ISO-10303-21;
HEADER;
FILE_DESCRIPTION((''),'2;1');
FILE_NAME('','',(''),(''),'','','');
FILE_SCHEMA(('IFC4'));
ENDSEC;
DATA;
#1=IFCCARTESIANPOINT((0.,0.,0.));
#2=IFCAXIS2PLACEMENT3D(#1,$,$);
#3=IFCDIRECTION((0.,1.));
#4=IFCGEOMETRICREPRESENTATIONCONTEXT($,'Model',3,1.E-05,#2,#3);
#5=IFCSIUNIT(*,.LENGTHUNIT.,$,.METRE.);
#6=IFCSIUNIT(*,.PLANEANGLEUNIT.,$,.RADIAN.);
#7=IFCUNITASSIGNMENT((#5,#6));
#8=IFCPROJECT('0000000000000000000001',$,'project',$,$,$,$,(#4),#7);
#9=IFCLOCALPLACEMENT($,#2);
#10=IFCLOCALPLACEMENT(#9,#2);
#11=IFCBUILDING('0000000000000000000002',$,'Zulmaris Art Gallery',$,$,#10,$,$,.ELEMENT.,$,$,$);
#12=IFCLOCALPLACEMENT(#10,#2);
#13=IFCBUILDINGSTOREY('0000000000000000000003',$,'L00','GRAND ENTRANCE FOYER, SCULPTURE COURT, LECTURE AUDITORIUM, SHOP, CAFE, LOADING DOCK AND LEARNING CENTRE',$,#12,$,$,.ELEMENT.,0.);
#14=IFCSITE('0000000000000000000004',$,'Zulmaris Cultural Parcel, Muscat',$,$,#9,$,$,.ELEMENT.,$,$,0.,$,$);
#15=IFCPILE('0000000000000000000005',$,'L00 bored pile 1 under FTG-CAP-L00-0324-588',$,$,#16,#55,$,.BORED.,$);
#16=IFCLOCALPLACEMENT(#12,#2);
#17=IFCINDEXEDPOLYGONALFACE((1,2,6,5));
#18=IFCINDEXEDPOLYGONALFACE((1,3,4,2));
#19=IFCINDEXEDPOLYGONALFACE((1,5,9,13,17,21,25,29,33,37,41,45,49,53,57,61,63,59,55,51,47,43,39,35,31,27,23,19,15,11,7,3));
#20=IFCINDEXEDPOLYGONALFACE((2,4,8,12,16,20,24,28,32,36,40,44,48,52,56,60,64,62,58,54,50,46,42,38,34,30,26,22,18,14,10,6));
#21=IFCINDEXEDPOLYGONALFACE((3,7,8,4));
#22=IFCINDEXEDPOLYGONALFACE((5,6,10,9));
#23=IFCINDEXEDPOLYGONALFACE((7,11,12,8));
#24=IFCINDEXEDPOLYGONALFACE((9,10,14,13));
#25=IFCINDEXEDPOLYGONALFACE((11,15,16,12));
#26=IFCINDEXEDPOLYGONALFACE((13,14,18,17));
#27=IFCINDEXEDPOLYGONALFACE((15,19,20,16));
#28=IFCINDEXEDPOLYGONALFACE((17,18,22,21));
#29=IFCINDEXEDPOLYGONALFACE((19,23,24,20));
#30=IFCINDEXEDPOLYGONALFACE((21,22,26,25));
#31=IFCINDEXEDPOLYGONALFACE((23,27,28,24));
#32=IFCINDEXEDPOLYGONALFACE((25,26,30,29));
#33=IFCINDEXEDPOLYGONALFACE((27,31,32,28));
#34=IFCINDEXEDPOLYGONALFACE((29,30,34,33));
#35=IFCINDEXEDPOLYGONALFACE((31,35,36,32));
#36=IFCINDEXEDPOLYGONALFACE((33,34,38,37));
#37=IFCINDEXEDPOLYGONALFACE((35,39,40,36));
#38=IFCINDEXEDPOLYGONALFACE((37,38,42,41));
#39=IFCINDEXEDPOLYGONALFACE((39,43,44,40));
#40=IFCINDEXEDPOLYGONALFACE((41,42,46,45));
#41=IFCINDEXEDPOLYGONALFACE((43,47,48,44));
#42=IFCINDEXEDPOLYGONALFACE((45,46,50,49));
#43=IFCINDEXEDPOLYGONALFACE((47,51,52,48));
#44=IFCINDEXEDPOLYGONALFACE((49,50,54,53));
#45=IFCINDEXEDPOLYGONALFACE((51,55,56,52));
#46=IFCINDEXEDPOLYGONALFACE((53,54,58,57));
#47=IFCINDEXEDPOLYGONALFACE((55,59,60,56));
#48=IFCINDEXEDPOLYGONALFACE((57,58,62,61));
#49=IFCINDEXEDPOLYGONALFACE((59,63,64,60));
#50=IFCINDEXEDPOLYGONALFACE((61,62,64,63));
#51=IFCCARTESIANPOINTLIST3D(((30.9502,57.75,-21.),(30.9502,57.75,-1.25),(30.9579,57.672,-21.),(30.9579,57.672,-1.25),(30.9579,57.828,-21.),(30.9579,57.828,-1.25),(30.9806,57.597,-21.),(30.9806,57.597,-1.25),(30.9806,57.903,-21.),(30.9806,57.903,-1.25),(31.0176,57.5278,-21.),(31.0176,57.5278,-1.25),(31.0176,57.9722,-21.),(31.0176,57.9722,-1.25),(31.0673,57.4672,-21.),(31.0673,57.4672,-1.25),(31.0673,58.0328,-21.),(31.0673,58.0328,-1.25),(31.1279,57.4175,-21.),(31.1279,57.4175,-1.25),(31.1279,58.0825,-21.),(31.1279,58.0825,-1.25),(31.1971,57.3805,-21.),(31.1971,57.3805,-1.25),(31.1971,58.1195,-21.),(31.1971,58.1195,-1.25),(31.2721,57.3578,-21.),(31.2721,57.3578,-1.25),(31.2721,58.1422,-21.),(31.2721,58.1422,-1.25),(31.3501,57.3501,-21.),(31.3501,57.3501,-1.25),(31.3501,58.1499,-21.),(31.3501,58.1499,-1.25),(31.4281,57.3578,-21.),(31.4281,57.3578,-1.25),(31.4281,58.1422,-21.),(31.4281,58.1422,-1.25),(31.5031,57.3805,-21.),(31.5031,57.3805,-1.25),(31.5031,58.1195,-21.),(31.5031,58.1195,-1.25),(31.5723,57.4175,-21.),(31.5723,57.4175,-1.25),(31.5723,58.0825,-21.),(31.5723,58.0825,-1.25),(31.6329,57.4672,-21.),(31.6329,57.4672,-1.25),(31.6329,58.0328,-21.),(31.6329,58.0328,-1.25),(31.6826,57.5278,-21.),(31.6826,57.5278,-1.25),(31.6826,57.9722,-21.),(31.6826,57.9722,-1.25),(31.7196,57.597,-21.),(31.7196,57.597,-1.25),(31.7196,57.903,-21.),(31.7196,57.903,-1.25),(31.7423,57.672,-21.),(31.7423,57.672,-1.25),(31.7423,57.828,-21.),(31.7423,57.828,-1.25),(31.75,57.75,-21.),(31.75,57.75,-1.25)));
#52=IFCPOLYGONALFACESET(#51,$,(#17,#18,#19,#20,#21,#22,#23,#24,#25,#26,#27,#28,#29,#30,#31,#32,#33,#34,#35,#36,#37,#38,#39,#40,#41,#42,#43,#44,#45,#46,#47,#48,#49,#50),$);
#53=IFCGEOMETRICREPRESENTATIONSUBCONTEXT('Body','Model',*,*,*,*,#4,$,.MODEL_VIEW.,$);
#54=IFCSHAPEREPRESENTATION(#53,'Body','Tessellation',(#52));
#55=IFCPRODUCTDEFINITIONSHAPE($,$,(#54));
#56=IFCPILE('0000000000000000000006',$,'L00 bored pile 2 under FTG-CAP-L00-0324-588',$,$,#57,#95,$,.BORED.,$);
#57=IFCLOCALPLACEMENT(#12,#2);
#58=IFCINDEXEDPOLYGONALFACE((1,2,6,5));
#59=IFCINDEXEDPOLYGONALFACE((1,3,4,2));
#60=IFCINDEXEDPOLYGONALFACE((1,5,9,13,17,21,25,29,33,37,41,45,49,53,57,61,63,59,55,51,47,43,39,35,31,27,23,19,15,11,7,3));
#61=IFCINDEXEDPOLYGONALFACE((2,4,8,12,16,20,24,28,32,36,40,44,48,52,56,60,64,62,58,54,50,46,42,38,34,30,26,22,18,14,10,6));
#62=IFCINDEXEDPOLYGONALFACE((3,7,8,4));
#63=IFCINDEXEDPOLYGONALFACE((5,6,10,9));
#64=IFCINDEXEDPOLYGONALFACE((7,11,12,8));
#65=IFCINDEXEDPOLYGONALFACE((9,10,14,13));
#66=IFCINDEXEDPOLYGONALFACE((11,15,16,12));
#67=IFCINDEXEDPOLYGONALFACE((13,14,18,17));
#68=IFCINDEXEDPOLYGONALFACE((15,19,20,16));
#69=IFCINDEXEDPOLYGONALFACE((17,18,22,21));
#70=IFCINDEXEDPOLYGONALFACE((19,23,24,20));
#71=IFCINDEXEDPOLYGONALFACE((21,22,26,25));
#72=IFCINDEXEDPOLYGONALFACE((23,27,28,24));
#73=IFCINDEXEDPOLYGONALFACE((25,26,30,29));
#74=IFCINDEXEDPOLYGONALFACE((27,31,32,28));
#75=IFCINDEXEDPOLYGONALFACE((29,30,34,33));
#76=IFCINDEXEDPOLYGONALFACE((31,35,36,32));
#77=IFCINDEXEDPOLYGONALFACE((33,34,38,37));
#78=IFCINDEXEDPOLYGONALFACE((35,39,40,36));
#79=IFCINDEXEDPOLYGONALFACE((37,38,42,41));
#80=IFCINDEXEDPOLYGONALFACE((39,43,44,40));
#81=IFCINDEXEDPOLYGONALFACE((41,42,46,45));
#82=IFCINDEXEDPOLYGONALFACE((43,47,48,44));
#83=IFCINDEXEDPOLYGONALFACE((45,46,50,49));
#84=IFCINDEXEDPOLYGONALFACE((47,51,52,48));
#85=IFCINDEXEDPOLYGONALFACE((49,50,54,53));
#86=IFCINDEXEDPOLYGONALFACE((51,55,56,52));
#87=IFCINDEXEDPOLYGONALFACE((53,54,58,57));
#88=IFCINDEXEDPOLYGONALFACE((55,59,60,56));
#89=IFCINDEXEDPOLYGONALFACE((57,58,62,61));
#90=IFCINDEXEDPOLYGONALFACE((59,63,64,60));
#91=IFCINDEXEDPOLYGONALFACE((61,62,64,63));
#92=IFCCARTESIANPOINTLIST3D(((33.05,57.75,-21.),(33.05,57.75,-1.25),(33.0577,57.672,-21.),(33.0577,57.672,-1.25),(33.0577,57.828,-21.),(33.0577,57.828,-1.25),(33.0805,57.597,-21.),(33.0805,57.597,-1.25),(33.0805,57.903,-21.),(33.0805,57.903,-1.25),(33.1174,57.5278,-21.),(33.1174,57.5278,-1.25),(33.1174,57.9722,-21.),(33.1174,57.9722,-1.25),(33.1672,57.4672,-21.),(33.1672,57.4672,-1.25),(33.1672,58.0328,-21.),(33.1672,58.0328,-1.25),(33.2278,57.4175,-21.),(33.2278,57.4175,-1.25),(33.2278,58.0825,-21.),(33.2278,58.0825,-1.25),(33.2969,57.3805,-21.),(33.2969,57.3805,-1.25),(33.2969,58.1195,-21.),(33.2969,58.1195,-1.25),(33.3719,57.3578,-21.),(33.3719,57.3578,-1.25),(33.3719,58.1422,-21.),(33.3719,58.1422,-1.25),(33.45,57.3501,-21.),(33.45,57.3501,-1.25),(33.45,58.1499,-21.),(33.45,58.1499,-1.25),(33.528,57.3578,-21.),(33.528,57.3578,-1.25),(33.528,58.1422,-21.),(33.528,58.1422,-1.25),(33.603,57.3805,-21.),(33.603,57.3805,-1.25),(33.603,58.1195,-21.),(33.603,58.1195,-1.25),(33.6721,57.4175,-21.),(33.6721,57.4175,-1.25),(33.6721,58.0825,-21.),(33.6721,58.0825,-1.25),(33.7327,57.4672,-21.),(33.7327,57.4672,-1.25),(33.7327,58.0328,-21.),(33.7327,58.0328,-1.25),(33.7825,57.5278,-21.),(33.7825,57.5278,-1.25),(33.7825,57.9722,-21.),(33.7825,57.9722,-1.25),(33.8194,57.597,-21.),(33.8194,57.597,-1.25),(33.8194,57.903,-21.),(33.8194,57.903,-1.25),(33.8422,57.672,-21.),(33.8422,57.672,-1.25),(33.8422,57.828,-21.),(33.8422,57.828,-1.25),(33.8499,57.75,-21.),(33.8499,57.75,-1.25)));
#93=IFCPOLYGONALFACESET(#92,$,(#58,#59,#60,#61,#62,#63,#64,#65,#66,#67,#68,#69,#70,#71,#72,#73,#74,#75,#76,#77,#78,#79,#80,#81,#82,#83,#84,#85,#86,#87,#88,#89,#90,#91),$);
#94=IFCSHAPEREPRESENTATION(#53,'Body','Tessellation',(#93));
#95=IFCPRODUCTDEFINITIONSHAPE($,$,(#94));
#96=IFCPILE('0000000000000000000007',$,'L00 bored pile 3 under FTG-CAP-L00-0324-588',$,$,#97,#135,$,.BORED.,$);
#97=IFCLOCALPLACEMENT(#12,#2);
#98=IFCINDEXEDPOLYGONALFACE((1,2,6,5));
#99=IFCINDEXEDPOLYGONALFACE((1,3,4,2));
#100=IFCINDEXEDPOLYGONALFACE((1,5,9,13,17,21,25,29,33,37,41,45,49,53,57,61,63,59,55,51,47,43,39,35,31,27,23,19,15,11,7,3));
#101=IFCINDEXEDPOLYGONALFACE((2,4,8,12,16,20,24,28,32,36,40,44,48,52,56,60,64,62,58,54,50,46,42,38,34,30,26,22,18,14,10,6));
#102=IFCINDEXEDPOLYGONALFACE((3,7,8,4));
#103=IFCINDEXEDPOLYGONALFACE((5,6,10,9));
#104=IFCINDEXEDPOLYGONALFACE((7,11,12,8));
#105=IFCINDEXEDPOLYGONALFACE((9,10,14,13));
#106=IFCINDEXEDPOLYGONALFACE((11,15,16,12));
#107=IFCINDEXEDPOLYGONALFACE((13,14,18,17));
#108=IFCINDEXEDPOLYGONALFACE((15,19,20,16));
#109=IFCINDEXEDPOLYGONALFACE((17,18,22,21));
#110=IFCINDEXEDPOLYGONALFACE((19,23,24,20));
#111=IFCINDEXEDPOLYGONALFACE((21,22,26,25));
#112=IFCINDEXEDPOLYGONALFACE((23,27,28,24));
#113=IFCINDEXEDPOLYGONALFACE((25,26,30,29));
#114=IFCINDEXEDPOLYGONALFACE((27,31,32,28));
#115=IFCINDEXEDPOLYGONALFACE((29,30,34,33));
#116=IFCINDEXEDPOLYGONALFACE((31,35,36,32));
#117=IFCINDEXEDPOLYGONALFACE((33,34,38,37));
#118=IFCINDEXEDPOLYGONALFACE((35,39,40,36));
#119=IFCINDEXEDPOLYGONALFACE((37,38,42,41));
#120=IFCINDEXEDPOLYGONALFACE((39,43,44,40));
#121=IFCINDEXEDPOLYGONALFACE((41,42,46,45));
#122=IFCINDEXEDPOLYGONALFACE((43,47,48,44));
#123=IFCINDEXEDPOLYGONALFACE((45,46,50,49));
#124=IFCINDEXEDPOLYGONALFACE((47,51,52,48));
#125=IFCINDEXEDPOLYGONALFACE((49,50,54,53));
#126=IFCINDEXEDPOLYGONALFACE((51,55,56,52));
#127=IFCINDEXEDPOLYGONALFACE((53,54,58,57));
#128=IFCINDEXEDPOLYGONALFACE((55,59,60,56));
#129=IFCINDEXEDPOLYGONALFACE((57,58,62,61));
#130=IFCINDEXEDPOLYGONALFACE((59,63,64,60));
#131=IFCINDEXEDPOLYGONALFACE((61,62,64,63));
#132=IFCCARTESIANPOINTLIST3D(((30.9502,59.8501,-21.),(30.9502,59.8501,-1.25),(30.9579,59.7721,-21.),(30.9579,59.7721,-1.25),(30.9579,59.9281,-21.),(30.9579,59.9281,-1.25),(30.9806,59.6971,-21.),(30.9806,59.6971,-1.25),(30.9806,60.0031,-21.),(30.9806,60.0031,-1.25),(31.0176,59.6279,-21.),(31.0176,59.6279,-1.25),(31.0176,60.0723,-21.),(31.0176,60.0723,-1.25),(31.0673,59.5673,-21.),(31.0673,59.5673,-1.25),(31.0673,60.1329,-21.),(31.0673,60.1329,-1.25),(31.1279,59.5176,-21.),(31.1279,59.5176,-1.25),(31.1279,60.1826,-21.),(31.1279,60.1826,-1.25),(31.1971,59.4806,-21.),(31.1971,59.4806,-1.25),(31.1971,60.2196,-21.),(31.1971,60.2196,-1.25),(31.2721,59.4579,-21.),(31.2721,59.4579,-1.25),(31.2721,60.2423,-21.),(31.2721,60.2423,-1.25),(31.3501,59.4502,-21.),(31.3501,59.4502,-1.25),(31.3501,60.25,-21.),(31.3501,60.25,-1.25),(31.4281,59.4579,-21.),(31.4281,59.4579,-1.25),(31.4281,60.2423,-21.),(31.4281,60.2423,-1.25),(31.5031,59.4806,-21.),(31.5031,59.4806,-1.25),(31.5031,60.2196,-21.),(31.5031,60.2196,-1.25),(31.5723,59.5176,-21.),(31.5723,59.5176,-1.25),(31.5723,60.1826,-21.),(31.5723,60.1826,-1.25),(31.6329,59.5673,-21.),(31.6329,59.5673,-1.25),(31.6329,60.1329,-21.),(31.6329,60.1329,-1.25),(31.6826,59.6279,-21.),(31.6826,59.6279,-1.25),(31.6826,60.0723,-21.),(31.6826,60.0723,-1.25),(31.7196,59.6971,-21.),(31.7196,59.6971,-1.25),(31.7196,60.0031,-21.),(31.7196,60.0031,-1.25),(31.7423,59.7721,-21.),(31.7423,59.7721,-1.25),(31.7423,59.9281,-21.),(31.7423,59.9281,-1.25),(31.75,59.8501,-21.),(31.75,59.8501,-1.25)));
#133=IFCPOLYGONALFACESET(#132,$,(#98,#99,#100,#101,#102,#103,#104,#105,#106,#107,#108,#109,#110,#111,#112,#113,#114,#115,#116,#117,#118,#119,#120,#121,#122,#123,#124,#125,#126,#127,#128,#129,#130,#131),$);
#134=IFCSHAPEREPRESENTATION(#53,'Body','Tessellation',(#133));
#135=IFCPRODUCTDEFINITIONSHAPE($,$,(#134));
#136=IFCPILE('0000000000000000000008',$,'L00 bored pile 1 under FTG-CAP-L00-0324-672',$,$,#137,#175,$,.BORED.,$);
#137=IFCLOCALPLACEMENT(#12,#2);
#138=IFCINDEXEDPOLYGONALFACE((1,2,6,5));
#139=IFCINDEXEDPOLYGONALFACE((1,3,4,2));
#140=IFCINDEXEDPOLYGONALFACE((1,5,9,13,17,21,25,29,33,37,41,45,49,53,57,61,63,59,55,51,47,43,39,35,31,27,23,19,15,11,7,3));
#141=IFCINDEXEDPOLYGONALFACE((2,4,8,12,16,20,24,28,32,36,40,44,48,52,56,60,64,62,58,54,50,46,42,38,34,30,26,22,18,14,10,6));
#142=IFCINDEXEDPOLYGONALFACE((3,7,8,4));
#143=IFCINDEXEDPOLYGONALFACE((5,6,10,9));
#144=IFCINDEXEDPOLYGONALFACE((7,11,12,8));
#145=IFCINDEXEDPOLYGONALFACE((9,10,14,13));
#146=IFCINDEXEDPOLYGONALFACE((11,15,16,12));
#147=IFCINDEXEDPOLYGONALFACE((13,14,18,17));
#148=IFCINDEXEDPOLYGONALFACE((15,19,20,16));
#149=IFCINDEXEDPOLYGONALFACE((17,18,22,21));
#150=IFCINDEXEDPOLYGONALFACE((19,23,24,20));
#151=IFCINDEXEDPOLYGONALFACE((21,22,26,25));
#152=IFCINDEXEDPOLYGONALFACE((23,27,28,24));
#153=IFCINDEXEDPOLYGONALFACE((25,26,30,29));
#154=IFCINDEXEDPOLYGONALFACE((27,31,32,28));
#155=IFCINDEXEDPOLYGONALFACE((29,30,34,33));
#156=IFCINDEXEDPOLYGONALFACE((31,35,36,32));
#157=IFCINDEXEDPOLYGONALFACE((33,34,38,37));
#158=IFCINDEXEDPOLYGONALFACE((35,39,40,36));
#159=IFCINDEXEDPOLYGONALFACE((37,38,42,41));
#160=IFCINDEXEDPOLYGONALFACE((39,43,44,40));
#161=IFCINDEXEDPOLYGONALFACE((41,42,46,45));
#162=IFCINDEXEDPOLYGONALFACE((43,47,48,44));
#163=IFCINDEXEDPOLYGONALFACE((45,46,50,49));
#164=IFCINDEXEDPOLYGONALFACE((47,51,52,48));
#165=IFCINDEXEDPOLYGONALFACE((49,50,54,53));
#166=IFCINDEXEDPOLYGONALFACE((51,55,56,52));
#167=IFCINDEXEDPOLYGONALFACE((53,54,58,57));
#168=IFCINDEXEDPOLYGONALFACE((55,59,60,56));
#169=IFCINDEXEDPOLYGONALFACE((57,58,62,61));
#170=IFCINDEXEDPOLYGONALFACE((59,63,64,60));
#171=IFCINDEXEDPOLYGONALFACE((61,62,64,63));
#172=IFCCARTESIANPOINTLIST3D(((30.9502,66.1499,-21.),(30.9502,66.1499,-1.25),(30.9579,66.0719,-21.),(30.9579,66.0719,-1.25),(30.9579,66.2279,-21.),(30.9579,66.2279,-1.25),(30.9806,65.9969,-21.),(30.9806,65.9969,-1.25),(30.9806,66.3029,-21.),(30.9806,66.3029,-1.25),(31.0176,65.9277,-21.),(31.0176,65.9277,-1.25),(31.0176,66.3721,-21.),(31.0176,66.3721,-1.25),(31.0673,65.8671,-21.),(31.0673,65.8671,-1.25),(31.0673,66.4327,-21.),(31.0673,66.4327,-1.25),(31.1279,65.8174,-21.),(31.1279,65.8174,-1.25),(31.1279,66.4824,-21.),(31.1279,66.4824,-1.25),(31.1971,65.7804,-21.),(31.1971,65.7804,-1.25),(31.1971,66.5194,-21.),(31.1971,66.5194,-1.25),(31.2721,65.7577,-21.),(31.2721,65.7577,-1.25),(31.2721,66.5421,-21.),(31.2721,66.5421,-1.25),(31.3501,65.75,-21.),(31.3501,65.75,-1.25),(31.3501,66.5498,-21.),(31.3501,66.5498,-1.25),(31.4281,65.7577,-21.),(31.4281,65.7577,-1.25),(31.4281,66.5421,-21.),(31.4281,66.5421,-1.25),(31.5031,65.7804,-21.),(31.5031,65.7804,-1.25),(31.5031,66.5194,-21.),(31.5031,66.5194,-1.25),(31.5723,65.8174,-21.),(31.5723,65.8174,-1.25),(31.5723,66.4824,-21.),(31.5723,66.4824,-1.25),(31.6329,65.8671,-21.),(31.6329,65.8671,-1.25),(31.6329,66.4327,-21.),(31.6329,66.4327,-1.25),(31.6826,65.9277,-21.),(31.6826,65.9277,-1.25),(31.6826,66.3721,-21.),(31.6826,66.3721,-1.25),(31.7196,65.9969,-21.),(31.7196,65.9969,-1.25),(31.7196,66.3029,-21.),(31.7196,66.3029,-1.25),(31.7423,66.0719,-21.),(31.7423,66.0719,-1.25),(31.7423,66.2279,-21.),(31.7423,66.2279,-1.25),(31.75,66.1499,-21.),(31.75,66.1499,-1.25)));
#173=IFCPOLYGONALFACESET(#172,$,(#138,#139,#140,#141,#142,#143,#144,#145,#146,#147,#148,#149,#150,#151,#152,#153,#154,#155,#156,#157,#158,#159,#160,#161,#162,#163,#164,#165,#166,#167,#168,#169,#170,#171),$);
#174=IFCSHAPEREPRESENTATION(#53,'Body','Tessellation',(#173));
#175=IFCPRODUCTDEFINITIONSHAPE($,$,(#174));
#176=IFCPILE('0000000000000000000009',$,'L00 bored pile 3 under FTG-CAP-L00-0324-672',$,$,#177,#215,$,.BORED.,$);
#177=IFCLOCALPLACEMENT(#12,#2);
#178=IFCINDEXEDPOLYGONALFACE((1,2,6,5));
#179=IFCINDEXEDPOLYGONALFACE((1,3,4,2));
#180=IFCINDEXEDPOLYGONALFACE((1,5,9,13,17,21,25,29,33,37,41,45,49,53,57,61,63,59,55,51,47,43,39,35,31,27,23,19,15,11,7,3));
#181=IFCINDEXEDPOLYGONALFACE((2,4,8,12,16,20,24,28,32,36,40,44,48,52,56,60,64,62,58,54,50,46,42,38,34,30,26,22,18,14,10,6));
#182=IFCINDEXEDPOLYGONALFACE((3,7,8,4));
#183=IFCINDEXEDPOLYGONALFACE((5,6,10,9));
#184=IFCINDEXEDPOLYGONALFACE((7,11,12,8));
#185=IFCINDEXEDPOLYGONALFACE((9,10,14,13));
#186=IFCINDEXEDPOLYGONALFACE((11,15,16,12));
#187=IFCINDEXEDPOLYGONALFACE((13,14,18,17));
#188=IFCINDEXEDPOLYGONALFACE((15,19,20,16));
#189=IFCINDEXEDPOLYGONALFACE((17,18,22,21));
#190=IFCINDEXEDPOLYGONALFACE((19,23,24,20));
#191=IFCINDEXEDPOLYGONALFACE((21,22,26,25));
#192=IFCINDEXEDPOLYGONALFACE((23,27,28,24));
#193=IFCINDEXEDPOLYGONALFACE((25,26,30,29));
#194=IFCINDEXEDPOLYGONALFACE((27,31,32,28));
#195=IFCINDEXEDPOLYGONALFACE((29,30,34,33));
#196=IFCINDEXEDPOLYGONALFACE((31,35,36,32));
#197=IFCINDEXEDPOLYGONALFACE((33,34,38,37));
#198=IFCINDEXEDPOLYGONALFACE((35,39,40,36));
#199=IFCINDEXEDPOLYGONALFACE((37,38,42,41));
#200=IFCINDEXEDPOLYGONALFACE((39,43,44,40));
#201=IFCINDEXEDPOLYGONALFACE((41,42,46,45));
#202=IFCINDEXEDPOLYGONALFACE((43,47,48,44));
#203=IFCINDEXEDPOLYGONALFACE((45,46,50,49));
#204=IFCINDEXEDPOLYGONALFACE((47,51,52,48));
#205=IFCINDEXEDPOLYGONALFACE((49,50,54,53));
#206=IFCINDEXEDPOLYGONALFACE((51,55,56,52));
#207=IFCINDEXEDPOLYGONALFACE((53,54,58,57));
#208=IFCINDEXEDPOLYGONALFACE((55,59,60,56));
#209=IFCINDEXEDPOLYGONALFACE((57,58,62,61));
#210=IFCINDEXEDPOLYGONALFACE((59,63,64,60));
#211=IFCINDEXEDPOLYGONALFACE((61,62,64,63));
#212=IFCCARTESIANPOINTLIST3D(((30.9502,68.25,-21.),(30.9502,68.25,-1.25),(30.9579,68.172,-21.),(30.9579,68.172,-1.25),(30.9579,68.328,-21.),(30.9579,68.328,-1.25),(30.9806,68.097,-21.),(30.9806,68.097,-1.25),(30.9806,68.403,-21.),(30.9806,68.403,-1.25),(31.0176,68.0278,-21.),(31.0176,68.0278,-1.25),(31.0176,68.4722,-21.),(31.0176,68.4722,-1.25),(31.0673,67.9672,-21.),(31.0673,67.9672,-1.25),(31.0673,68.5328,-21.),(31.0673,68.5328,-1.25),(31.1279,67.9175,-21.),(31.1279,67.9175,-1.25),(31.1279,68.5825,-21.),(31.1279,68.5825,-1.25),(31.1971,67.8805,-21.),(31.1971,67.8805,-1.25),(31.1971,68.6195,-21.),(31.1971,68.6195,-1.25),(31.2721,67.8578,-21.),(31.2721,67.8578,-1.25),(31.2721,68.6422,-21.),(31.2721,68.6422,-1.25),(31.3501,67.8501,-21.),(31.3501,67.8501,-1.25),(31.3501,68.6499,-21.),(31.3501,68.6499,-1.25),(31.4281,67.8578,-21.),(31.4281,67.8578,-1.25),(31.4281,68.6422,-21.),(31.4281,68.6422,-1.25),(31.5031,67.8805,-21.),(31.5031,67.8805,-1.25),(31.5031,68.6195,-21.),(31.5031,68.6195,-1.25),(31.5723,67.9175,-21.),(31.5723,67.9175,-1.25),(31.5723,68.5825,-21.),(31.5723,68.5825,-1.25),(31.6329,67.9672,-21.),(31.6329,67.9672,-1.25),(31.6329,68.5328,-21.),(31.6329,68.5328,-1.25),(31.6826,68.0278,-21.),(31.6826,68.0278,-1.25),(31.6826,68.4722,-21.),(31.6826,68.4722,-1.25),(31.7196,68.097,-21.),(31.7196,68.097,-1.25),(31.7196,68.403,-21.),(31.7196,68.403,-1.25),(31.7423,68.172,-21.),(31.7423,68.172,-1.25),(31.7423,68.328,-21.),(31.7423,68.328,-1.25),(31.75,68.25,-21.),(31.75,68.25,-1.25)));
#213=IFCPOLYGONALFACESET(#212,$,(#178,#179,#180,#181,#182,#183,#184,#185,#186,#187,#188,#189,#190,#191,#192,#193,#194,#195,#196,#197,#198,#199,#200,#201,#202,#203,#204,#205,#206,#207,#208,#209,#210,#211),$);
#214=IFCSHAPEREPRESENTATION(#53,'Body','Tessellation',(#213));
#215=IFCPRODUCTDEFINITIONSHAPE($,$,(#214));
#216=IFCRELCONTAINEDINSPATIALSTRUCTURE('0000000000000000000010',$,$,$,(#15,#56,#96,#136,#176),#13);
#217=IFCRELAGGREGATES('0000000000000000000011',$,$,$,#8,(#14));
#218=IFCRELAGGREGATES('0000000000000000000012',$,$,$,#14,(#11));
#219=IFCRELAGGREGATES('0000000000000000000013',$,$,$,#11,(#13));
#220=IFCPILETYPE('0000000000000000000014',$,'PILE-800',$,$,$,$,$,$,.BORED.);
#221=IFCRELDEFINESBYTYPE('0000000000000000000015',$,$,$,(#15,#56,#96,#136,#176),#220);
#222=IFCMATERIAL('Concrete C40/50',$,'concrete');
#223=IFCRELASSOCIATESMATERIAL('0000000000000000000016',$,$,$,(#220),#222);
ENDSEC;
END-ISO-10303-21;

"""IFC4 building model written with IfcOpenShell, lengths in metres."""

from ifc_helpers import new_model, si_unit, direction, frame, origin, origin_2d, place, context, subcontext, project, spatial, circle, extrude, material, material_profile, profile_set, type_object, element, save


model = new_model("IFC4")

# Units and contexts
model_context = context("Model", 3, precision=1e-05, world=origin(), true_north=direction((0.0, 1.0)))
body_context = subcontext(model_context, "Body", "Model", "MODEL_VIEW")
ifc_project = project(units=[si_unit("LENGTHUNIT", "METRE"), si_unit("PLANEANGLEUNIT", "RADIAN")], contexts=[model_context])

# Site, building, storey
site_placement = place(None, origin())
site = spatial("IfcSite", under=ifc_project, at=site_placement, Name="Zulmaris Cultural Parcel, Muscat", CompositionType="ELEMENT", RefElevation=0.0)
building_placement = place(site_placement, origin())
building = spatial("IfcBuilding", under=site, at=building_placement, Name="Zulmaris Art Gallery", CompositionType="ELEMENT")
storey_placement = place(building_placement, origin())
storey = spatial("IfcBuildingStorey", under=building, at=storey_placement, Name="L00", Description="GRAND ENTRANCE FOYER, SCULPTURE COURT, LECTURE AUDITORIUM, SHOP, CAFE, LOADING DOCK AND LEARNING CENTRE", CompositionType="ELEMENT", Elevation=0.0)

# Piles
ifc_material_1 = material(Name="Concrete C40/50", Category="concrete")
ifc_material_profile_1 = material_profile(ifc_material_1, circle(Radius=0.3999, at=origin_2d()), Name="PILE DIA 800")
ifc_profile_set_1 = profile_set([ifc_material_profile_1], Name="Concrete C40/50")
pile_type = type_object("IfcPileType", Name="PILE-800", PredefinedType="BORED", material=ifc_profile_set_1)
for number, where, z_axis, x_axis, name in (
    (1, (31.3501, 57.75, -1.25), (0.0, 0.0, -1.0), (1.0, 0.0, 0.0), "L00 bored pile 1 under FTG-CAP-L00-0324-588"),
    (2, (33.45, 57.75, -1.25), (0.0, 0.0, -1.0), (1.0, 0.0, 0.0), "L00 bored pile 2 under FTG-CAP-L00-0324-588"),
    (3, (31.3501, 59.8501, -1.25), (0.0, 0.0, -1.0), (1.0, 0.0, 0.0), "L00 bored pile 3 under FTG-CAP-L00-0324-588"),
    (4, (31.3501, 66.1499, -1.25), (0.0, 0.0, -1.0), (1.0, 0.0, 0.0), "L00 bored pile 1 under FTG-CAP-L00-0324-672"),
    (5, (31.3501, 68.25, -1.25), (0.0, 0.0, -1.0), (1.0, 0.0, 0.0), "L00 bored pile 3 under FTG-CAP-L00-0324-672"),
):
    element("IfcPile", number, at=place(storey_placement, frame(where, z_axis=z_axis, x_axis=x_axis)), inside=storey, type_object=pile_type, Name=name, PredefinedType="BORED", context=body_context, shape_type="SweptSolid", body=[
        extrude(circle(Radius=0.3999, at=origin_2d()), origin(), (0.0, 0.0, 1.0), 19.75),
    ])

save(model, "model.ifc")
